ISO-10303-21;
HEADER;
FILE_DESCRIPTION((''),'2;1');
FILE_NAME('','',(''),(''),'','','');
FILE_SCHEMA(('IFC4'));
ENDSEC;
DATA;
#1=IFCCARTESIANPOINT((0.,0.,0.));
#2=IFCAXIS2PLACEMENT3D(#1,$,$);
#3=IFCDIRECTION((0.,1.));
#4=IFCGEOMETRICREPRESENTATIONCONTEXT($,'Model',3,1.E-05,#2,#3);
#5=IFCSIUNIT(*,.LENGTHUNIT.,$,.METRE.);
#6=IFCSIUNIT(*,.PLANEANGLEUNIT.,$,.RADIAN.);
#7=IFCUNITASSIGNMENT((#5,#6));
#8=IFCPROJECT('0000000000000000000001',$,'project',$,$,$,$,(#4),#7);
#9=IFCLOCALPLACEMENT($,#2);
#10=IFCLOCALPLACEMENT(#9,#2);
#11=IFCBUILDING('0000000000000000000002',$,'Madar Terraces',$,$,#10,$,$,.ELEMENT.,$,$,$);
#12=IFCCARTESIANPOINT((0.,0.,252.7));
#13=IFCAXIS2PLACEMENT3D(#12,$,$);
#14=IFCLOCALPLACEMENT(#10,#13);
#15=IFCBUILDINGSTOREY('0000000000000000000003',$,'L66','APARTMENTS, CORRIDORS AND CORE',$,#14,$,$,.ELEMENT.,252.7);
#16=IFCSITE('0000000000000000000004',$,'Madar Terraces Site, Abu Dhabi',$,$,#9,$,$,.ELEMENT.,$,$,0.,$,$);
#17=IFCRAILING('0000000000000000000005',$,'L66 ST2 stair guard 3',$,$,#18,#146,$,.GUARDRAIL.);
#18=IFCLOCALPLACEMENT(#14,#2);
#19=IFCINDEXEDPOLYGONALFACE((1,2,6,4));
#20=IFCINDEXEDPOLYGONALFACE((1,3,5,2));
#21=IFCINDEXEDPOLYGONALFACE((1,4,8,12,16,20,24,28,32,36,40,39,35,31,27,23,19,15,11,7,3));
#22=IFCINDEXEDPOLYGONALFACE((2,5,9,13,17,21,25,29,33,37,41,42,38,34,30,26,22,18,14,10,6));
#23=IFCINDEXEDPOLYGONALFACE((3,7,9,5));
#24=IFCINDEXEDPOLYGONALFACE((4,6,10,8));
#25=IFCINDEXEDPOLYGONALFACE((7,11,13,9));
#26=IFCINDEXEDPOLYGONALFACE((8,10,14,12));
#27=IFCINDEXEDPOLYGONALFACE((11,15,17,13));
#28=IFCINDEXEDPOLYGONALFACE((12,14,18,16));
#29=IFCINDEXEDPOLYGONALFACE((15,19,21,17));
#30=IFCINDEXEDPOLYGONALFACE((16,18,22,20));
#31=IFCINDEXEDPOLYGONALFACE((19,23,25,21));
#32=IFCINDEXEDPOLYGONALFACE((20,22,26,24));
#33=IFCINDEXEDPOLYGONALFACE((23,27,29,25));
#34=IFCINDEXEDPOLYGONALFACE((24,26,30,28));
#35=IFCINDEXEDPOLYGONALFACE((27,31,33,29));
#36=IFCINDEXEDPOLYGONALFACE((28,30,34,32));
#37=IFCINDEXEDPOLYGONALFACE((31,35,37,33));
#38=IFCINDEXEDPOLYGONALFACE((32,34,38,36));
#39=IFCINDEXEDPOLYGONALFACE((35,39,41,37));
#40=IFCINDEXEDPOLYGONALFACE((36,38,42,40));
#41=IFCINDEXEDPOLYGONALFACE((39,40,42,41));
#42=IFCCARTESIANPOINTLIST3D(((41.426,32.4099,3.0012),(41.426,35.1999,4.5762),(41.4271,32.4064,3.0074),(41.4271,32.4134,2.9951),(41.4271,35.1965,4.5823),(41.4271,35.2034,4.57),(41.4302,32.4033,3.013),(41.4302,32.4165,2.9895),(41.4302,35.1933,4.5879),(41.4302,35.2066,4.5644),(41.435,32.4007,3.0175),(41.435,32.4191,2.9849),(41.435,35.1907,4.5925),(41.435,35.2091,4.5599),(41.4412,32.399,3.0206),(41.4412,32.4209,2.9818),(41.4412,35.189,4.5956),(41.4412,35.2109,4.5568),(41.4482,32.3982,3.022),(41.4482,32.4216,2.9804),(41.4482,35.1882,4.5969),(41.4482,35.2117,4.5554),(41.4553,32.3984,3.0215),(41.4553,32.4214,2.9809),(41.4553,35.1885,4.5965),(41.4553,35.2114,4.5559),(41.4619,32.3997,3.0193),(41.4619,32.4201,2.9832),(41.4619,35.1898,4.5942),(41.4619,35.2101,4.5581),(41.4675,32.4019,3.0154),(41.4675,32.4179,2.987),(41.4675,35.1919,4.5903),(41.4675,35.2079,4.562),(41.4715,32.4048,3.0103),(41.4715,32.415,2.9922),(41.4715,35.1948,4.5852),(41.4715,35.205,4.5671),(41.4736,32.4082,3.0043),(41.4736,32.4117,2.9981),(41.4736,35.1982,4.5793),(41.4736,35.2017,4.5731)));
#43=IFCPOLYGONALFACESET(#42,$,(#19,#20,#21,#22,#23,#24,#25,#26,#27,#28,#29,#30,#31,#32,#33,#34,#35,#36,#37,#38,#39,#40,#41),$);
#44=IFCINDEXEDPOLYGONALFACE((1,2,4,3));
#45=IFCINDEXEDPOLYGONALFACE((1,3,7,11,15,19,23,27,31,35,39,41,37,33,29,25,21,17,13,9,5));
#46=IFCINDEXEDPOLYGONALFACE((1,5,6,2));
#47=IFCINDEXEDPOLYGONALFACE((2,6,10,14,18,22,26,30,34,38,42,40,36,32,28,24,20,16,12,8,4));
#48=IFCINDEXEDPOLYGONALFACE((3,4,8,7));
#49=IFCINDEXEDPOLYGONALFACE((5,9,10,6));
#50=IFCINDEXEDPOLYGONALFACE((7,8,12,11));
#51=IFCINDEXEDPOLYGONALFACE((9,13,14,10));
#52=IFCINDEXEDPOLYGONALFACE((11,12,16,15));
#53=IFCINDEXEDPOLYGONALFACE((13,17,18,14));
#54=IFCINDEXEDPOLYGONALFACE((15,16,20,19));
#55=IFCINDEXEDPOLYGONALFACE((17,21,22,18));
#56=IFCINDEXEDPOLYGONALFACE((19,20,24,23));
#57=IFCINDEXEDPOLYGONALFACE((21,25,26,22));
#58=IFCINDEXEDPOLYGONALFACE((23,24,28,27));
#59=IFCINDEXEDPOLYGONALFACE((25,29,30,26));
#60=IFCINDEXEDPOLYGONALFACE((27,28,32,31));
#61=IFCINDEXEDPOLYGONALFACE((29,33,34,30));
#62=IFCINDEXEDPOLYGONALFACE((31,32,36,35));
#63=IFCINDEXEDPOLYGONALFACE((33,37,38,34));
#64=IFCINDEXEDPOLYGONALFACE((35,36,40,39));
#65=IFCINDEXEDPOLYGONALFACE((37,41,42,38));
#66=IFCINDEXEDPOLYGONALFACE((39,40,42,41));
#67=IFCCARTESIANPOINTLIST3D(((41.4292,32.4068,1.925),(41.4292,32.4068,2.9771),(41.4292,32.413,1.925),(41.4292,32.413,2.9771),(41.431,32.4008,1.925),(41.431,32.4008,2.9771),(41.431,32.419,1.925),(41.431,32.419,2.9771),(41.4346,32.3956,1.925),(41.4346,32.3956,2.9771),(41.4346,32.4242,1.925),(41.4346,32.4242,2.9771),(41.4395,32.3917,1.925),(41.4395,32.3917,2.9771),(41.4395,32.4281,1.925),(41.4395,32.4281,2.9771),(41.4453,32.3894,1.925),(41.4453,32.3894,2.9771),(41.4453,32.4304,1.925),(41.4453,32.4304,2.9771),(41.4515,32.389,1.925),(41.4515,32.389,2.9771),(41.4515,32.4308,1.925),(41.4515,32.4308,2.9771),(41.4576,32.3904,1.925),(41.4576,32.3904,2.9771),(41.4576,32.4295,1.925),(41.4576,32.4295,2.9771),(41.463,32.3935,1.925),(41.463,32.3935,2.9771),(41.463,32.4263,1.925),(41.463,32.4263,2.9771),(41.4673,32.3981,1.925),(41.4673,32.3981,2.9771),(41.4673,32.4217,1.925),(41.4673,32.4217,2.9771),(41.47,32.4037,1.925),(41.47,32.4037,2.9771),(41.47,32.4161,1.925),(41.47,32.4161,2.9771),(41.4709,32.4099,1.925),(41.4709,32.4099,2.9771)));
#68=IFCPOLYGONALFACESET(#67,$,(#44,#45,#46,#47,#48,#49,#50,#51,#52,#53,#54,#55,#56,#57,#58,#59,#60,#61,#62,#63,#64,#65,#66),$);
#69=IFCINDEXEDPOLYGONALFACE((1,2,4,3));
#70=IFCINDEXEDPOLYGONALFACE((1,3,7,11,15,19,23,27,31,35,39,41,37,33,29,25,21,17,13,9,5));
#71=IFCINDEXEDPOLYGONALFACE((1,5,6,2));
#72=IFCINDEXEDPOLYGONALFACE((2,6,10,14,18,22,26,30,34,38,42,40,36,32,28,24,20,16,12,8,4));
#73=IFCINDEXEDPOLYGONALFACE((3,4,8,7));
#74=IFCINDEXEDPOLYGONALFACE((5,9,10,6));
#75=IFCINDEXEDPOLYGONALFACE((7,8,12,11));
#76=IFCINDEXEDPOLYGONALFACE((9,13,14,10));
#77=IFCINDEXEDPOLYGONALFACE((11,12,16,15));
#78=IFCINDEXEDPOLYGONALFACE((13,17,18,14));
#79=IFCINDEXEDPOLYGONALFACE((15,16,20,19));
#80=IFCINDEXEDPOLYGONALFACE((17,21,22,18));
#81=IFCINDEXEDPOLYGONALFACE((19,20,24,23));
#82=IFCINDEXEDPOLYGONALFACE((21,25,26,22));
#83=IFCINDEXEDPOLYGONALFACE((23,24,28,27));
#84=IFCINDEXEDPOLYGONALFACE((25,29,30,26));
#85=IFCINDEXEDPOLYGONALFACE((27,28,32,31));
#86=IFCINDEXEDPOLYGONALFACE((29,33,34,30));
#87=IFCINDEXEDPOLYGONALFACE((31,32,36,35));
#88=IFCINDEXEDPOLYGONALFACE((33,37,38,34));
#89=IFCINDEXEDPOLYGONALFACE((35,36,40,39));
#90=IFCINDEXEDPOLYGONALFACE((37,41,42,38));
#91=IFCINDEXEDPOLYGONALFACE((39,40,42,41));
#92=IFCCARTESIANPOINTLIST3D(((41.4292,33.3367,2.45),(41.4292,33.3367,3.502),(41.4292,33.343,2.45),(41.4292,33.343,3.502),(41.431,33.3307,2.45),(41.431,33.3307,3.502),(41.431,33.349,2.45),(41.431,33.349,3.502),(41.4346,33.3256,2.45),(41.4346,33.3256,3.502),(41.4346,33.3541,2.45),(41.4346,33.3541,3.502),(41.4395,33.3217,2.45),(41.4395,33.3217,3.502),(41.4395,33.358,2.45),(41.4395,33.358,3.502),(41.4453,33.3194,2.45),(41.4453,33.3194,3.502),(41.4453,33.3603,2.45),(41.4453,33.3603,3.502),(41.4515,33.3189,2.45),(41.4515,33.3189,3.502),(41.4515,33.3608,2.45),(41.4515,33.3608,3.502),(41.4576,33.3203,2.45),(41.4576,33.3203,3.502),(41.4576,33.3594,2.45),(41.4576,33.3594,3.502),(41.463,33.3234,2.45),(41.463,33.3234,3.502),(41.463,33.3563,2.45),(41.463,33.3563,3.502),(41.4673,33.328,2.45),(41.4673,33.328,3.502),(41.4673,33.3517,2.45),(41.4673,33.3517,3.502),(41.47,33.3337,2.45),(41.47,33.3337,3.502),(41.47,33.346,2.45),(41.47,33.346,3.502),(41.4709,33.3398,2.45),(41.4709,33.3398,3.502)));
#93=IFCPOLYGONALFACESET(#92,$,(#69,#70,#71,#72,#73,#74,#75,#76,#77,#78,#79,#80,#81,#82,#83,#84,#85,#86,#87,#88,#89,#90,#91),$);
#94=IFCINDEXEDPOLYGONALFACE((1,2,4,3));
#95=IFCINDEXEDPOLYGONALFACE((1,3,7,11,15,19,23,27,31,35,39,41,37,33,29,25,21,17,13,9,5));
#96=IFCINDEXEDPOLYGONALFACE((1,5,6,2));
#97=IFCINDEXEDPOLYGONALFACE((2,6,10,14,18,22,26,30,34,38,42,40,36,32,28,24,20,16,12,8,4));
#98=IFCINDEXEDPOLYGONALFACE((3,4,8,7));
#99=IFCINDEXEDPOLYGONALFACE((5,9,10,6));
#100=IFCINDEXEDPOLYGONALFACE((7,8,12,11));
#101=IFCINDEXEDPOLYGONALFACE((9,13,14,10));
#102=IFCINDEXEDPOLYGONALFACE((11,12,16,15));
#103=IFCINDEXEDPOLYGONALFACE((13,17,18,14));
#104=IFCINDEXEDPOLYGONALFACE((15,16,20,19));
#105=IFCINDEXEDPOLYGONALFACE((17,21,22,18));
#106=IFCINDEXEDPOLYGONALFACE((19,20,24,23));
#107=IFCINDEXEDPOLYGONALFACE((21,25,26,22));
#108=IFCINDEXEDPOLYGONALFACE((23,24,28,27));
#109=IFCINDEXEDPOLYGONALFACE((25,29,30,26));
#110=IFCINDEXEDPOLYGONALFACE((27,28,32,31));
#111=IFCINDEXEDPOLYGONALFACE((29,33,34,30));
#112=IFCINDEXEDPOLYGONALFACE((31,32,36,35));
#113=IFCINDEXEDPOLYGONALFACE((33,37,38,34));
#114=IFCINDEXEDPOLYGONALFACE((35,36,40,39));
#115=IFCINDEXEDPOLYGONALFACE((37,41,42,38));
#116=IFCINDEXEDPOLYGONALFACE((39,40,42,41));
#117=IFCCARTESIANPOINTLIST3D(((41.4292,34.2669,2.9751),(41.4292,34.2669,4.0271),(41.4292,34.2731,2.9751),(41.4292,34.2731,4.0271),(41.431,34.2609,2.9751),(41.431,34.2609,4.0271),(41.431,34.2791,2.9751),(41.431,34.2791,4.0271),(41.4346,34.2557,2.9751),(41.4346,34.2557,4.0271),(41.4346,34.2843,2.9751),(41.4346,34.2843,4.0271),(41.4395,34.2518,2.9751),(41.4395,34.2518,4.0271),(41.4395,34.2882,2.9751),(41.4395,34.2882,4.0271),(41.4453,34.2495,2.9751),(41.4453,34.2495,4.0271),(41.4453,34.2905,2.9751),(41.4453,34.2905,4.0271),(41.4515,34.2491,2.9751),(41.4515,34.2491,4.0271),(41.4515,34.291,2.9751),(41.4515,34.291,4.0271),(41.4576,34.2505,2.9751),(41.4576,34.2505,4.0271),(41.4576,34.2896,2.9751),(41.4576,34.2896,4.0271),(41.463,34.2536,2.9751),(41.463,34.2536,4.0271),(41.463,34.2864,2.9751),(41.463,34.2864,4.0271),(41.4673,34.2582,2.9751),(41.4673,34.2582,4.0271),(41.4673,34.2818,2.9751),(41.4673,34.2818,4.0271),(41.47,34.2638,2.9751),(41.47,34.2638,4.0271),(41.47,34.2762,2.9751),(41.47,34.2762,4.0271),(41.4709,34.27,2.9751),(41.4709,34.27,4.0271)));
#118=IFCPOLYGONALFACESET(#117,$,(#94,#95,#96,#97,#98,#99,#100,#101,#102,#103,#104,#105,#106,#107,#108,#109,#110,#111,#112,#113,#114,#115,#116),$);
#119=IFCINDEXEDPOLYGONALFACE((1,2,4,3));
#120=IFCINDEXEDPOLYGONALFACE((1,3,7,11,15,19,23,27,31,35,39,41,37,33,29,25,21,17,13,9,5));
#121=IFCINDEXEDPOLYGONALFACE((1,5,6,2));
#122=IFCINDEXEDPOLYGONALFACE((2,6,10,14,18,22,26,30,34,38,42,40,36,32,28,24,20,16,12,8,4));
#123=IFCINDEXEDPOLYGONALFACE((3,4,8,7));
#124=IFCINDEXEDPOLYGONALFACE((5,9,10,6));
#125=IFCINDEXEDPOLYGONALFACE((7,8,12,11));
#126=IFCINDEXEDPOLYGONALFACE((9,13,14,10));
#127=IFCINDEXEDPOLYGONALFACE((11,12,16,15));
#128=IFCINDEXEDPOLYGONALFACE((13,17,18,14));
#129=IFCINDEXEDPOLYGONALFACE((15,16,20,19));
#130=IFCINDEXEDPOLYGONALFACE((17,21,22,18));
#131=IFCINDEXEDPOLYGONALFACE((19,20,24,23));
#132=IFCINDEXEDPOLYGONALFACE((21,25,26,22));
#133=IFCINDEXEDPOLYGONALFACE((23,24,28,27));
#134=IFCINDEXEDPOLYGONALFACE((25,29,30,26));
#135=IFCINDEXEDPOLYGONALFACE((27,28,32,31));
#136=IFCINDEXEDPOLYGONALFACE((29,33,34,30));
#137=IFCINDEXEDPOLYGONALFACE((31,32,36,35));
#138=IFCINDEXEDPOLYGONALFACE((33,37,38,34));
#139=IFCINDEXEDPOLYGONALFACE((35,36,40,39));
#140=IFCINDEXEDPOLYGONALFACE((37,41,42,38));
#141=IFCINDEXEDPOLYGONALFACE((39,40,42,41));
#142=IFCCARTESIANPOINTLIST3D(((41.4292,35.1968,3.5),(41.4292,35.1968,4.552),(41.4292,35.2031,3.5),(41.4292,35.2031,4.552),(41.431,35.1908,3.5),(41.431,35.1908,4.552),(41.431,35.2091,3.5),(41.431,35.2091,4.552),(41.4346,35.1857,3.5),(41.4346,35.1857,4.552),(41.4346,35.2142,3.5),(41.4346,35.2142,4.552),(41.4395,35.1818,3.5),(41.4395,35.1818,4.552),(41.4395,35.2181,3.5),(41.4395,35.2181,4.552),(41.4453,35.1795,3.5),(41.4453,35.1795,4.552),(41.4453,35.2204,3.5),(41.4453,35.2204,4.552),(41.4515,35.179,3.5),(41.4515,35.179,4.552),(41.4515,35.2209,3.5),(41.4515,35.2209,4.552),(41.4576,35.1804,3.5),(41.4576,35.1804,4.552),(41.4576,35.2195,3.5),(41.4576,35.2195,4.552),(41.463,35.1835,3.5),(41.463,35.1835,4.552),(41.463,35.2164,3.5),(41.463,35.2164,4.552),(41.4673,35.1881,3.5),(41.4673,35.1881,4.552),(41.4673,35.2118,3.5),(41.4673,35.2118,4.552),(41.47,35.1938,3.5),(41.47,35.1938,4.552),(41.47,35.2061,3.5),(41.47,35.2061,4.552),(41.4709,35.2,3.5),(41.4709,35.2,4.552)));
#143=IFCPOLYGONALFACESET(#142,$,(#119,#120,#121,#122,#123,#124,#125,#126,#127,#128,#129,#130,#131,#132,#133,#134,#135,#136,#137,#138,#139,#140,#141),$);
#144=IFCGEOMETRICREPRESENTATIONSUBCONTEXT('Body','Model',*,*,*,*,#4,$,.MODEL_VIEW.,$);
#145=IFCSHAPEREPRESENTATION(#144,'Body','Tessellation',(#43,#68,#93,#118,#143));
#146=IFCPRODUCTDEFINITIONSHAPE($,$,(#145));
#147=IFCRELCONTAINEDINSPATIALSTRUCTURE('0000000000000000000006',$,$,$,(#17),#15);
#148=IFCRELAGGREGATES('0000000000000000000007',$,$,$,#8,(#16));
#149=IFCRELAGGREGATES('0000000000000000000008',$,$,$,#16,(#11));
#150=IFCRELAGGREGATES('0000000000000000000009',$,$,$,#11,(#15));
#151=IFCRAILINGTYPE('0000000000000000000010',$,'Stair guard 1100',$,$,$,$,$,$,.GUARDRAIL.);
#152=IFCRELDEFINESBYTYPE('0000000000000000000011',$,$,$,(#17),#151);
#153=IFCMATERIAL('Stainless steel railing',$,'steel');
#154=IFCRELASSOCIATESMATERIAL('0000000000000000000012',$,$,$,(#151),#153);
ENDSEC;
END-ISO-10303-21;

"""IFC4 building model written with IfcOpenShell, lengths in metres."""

from ifc_helpers import new_model, si_unit, direction, frame, origin, origin_2d, place, context, subcontext, project, spatial, circle, extrude, material, type_object, element, save


model = new_model("IFC4")

# Units and contexts
model_context = context("Model", 3, precision=1e-05, world=origin(), true_north=direction((0.0, 1.0)))
body_context = subcontext(model_context, "Body", "Model", "MODEL_VIEW")
ifc_project = project(units=[si_unit("LENGTHUNIT", "METRE"), si_unit("PLANEANGLEUNIT", "RADIAN")], contexts=[model_context])

# Site, building, storey
site_placement = place(None, origin())
site = spatial("IfcSite", under=ifc_project, at=site_placement, Name="Madar Terraces Site, Abu Dhabi", CompositionType="ELEMENT", RefElevation=0.0)
building_placement = place(site_placement, origin())
building = spatial("IfcBuilding", under=site, at=building_placement, Name="Madar Terraces", CompositionType="ELEMENT")
storey_placement = place(building_placement, frame((0.0, 0.0, 252.7)))
storey = spatial("IfcBuildingStorey", under=building, at=storey_placement, Name="L66", Description="APARTMENTS, CORRIDORS AND CORE", CompositionType="ELEMENT", Elevation=252.7)

# Railing
ifc_material_1 = material(Name="Stainless steel railing", Category="steel")
railing_type_1 = type_object("IfcRailingType", Name="Stair guard 1100", PredefinedType="GUARDRAIL", material=ifc_material_1)
railing_1_placement = place(storey_placement, frame((41.45, 32.4099, 1.925)))
element("IfcRailing", 1, at=railing_1_placement, inside=storey, type_object=railing_type_1, Name="L66 ST2 stair guard 3", PredefinedType="GUARDRAIL", context=body_context, shape_type="SweptSolid", body=[
    extrude(circle(Radius=0.0239, at=origin_2d()), frame((0.0, 0.0, 1.0762), z_axis=(0.0, 0.870834, 0.491578), x_axis=(-1.0, 0.0, 0.0)), (0.0, 0.0, 1.0), 3.2039),
    extrude(circle(Radius=0.021, at=origin_2d()), origin(), (0.0, 0.0, 1.0), 1.052),
    extrude(circle(Radius=0.021, at=origin_2d()), frame((0.0, 0.9299, 0.5249)), (0.0, 0.0, 1.0), 1.052),
    extrude(circle(Radius=0.021, at=origin_2d()), frame((0.0, 1.8601, 1.05)), (0.0, 0.0, 1.0), 1.052),
    extrude(circle(Radius=0.021, at=origin_2d()), frame((0.0, 2.79, 1.575)), (0.0, 0.0, 1.0), 1.052),
])

save(model, "model.ifc")
